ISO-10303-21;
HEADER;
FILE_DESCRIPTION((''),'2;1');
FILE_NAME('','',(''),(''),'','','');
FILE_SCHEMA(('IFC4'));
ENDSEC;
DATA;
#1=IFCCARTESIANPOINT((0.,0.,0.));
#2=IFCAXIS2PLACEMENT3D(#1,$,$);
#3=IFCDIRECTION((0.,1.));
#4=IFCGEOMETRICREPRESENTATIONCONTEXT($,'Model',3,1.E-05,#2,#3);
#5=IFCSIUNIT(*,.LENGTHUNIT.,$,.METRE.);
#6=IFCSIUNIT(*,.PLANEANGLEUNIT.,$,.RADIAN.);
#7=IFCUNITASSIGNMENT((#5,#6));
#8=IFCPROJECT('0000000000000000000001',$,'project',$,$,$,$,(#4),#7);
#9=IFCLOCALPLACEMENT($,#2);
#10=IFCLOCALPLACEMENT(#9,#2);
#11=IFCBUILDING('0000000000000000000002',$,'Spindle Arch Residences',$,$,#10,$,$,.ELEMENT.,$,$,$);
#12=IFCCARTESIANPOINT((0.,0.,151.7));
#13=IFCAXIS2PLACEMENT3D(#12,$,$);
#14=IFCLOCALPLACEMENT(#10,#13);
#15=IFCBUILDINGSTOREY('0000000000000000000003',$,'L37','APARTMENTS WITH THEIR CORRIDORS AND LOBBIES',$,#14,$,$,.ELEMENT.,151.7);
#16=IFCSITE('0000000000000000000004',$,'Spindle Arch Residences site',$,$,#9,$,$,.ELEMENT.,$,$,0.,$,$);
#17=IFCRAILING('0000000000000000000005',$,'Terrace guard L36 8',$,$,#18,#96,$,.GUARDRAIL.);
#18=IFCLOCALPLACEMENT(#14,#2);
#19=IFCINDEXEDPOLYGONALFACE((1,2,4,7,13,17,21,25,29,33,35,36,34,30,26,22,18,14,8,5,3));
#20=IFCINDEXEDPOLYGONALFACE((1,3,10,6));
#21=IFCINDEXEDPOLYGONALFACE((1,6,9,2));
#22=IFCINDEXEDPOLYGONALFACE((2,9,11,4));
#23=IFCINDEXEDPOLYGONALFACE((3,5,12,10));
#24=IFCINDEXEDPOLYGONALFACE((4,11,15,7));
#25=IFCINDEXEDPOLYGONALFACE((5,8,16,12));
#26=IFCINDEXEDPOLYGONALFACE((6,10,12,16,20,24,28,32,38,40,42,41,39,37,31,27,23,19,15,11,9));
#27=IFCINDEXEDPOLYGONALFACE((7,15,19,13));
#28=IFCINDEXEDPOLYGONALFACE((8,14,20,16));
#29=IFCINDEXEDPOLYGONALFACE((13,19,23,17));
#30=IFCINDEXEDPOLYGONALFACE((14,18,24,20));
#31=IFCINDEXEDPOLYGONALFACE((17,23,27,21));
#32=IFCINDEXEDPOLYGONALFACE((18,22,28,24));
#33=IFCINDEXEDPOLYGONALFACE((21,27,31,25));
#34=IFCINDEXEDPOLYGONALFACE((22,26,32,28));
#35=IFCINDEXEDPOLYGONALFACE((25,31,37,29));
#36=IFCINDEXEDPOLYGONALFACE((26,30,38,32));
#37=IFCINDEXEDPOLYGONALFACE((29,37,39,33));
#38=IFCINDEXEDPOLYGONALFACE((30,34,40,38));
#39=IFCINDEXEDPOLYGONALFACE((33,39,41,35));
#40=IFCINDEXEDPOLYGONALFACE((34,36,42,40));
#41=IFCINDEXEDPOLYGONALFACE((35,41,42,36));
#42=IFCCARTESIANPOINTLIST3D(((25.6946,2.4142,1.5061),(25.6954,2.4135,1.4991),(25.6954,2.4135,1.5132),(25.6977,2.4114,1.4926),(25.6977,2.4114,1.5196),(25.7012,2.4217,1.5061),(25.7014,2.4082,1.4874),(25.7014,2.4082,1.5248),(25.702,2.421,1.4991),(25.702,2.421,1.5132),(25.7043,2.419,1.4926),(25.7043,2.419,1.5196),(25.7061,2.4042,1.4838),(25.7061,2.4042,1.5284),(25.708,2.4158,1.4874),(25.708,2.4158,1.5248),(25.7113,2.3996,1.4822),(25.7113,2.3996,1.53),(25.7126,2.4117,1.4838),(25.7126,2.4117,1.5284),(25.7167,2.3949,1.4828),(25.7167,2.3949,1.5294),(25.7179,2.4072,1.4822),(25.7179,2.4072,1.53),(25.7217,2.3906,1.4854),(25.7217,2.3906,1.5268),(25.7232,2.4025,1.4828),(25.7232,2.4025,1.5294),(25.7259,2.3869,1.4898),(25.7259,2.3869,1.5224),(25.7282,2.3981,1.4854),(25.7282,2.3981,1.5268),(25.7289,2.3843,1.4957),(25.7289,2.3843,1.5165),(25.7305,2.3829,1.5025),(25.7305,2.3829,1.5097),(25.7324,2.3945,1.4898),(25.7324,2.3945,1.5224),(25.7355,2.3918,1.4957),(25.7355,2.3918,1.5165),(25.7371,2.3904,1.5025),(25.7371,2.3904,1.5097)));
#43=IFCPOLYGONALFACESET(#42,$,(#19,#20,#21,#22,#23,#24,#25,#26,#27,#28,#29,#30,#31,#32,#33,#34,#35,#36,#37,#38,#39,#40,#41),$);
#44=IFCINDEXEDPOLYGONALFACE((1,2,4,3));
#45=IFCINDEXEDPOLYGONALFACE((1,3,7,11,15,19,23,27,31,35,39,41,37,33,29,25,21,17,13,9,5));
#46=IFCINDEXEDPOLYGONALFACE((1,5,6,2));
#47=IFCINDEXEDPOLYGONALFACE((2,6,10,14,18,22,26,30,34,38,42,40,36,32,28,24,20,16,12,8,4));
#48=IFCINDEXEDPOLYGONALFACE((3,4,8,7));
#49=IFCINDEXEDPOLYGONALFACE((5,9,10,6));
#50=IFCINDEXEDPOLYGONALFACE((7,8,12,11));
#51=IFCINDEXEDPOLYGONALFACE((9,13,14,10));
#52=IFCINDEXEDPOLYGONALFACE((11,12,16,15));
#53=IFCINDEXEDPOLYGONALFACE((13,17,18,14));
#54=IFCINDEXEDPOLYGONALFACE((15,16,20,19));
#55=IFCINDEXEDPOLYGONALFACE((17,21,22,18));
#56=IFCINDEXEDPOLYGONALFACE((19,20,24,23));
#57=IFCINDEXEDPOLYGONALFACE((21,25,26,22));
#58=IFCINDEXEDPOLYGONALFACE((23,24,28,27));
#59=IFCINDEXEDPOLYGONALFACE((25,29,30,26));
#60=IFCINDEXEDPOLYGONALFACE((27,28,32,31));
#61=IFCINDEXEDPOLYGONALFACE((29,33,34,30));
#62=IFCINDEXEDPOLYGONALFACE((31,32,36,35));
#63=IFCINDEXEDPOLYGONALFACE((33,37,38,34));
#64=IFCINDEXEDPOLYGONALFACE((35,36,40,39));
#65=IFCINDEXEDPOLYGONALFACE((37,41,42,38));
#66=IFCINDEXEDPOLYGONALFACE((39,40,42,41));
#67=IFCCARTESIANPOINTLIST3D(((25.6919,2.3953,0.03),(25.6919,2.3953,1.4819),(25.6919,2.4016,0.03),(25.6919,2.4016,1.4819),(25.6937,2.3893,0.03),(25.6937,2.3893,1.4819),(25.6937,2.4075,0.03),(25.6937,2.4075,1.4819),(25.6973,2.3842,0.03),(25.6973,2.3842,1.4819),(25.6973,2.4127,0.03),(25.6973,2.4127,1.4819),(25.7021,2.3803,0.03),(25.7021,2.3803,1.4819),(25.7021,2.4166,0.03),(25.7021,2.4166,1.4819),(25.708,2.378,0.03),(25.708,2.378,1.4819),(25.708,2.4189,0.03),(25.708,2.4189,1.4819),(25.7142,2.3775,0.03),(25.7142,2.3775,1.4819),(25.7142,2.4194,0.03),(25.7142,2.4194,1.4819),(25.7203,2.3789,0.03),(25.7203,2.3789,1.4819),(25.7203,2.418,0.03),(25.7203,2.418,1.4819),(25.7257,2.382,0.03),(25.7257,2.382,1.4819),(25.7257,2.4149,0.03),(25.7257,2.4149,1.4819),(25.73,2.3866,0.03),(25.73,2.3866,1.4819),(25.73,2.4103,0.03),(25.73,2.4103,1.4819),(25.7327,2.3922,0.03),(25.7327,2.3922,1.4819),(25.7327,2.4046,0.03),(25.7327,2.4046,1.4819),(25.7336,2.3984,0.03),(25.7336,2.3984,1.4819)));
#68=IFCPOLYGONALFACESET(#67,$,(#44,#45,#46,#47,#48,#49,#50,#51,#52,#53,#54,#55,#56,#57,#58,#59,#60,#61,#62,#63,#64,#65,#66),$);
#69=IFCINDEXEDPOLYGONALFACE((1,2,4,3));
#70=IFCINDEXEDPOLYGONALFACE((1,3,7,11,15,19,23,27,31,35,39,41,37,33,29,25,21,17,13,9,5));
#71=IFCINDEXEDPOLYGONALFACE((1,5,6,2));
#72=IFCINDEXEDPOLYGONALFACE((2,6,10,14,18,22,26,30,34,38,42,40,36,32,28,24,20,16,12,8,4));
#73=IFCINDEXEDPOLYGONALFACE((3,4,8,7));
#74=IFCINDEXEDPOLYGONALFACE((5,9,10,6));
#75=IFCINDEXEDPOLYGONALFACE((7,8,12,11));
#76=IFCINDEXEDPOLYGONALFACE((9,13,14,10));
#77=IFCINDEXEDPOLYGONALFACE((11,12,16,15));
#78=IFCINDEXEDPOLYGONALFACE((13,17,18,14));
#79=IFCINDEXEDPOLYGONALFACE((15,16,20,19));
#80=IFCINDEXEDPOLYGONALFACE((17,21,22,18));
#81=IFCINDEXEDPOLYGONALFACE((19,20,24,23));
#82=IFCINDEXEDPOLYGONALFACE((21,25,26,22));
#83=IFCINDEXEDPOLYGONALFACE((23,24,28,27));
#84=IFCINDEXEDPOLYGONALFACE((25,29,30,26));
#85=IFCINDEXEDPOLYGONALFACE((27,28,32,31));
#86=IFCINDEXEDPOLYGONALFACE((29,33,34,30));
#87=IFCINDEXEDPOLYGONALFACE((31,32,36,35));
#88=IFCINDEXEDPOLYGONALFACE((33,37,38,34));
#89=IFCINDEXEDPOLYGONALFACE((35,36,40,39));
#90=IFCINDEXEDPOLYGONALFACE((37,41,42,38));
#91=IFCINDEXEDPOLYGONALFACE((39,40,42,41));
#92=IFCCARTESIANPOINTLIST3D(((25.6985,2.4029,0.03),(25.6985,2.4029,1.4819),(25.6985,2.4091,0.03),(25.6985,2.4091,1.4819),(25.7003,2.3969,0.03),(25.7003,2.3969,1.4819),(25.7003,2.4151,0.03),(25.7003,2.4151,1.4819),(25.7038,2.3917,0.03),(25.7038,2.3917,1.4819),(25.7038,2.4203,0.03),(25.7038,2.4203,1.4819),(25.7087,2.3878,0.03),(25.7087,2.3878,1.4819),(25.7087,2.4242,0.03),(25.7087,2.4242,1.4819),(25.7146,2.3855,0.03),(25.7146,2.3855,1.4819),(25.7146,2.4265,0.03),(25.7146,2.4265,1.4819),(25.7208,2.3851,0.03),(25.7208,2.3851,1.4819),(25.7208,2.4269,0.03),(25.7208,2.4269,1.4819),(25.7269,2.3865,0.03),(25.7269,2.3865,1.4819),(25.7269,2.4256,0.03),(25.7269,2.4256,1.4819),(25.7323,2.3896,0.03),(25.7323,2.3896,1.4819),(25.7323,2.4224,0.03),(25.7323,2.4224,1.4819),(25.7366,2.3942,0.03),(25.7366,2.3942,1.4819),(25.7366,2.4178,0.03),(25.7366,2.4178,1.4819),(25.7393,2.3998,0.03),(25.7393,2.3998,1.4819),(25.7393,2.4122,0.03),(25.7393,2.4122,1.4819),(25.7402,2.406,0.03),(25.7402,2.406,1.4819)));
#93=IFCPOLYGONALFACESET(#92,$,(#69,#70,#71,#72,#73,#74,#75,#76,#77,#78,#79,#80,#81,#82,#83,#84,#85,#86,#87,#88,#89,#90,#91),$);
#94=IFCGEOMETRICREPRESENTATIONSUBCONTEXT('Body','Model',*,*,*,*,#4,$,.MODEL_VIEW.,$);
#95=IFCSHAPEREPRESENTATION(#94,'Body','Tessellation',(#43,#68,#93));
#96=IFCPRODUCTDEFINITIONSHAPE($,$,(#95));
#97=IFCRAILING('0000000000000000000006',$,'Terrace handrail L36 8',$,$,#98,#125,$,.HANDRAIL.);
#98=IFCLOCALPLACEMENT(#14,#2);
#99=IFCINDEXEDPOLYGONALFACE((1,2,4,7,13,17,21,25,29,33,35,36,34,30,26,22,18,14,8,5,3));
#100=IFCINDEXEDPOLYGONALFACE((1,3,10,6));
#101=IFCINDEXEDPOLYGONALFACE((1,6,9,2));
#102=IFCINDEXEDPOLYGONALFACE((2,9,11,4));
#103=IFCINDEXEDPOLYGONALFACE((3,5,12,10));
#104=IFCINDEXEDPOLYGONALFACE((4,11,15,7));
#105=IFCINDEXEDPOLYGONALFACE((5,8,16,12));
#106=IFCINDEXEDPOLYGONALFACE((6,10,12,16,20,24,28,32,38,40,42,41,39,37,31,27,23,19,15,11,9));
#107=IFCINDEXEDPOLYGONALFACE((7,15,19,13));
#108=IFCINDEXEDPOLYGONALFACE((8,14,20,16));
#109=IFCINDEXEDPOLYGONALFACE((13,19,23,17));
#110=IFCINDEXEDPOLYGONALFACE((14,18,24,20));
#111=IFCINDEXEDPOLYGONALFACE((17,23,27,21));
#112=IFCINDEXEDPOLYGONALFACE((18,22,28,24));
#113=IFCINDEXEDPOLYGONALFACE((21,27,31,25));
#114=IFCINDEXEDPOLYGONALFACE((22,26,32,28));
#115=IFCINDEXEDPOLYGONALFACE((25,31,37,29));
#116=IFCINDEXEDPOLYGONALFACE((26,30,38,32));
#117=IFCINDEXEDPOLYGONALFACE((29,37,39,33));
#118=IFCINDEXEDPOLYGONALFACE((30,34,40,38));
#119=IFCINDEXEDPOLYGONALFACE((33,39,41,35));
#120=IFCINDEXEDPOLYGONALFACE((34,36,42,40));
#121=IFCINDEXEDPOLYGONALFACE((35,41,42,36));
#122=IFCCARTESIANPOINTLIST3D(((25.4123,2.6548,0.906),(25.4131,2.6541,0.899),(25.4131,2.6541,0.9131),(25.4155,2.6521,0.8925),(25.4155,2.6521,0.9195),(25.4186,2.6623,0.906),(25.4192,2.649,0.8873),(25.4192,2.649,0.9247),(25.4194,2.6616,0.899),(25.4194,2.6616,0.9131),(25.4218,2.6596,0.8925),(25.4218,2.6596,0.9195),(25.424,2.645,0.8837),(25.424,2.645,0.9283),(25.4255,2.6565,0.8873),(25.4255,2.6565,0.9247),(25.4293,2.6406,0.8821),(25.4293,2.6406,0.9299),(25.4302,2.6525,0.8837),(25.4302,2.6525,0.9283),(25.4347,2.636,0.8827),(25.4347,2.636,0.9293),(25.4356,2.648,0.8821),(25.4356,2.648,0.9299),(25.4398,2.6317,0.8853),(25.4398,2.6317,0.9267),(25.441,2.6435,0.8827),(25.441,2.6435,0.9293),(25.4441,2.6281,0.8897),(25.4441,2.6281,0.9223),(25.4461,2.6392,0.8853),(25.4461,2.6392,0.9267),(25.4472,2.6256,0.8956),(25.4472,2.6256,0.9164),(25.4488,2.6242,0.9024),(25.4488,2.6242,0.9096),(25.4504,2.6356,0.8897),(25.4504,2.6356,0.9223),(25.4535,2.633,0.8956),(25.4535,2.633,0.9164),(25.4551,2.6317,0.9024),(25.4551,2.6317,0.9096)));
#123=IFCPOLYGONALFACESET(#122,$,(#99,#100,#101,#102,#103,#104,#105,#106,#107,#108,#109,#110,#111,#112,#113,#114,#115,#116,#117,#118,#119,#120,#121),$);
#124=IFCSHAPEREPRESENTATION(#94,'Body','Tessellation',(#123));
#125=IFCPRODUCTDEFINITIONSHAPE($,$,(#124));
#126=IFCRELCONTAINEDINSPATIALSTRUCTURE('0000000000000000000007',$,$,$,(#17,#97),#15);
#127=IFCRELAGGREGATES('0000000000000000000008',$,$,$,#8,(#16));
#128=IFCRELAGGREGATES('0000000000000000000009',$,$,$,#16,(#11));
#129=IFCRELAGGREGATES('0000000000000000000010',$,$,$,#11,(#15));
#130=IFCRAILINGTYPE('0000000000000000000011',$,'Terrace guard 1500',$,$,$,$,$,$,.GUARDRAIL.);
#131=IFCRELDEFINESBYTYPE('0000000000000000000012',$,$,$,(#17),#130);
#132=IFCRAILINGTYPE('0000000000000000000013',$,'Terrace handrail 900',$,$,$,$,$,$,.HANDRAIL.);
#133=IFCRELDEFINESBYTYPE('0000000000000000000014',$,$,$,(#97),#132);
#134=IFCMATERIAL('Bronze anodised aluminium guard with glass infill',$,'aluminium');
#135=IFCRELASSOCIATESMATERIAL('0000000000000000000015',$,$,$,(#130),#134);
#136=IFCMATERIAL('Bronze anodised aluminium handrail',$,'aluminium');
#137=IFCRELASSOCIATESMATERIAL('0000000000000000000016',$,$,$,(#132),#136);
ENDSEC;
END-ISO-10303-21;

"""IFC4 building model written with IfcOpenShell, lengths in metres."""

from ifc_helpers import new_model, si_unit, direction, frame, origin, origin_2d, place, context, subcontext, project, spatial, circle, extrude, material, type_object, element, save


model = new_model("IFC4")

# Units and contexts
model_context = context("Model", 3, precision=1e-05, world=origin(), true_north=direction((0.0, 1.0)))
body_context = subcontext(model_context, "Body", "Model", "MODEL_VIEW")
ifc_project = project(units=[si_unit("LENGTHUNIT", "METRE"), si_unit("PLANEANGLEUNIT", "RADIAN")], contexts=[model_context])

# Site, building, storey
site_placement = place(None, origin())
site = spatial("IfcSite", under=ifc_project, at=site_placement, Name="Spindle Arch Residences site", CompositionType="ELEMENT", RefElevation=0.0)
building_placement = place(site_placement, origin())
building = spatial("IfcBuilding", under=site, at=building_placement, Name="Spindle Arch Residences", CompositionType="ELEMENT")
storey_placement = place(building_placement, frame((0.0, 0.0, 151.7)))
storey = spatial("IfcBuildingStorey", under=building, at=storey_placement, Name="L37", Description="APARTMENTS WITH THEIR CORRIDORS AND LOBBIES", CompositionType="ELEMENT", Elevation=151.7)

# Railings
ifc_material_1 = material(Name="Bronze anodised aluminium guard with glass infill", Category="aluminium")
railing_type_1 = type_object("IfcRailingType", Name="Terrace guard 1500", PredefinedType="GUARDRAIL", material=ifc_material_1)
railing_1_placement = place(storey_placement, frame((25.7126, 2.3984, 0.03)))
element("IfcRailing", 1, at=railing_1_placement, inside=storey, type_object=railing_type_1, Name="Terrace guard L36 8", PredefinedType="GUARDRAIL", context=body_context, shape_type="SweptSolid", body=[
    extrude(circle(Radius=0.0239, at=origin_2d()), frame((0.0, 0.0, 1.4761), z_axis=(0.656781, 0.754082, 0.0), x_axis=(-0.754082, 0.656781, 0.0)), (0.0, 0.0, 1.0), 0.01),
    extrude(circle(Radius=0.021, at=origin_2d()), origin(), (0.0, 0.0, 1.0), 1.4519),
    extrude(circle(Radius=0.021, at=origin_2d()), frame((0.0066, 0.0076, 0.0)), (0.0, 0.0, 1.0), 1.4519),
])
ifc_material_2 = material(Name="Bronze anodised aluminium handrail", Category="aluminium")
railing_type_2 = type_object("IfcRailingType", Name="Terrace handrail 900", PredefinedType="HANDRAIL", material=ifc_material_2)
railing_2_placement = place(storey_placement, frame((25.4307, 2.6394, 0.03)))
element("IfcRailing", 2, at=railing_2_placement, inside=storey, type_object=railing_type_2, Name="Terrace handrail L36 8", PredefinedType="HANDRAIL", context=body_context, shape_type="SweptSolid", body=[
    extrude(circle(Radius=0.0239, at=origin_2d()), frame((0.0, 0.0, 0.876), z_axis=(0.642612, 0.766192, 0.0), x_axis=(-0.766192, 0.642612, 0.0)), (0.0, 0.0, 1.0), 0.0098),
])

save(model, "model.ifc")
